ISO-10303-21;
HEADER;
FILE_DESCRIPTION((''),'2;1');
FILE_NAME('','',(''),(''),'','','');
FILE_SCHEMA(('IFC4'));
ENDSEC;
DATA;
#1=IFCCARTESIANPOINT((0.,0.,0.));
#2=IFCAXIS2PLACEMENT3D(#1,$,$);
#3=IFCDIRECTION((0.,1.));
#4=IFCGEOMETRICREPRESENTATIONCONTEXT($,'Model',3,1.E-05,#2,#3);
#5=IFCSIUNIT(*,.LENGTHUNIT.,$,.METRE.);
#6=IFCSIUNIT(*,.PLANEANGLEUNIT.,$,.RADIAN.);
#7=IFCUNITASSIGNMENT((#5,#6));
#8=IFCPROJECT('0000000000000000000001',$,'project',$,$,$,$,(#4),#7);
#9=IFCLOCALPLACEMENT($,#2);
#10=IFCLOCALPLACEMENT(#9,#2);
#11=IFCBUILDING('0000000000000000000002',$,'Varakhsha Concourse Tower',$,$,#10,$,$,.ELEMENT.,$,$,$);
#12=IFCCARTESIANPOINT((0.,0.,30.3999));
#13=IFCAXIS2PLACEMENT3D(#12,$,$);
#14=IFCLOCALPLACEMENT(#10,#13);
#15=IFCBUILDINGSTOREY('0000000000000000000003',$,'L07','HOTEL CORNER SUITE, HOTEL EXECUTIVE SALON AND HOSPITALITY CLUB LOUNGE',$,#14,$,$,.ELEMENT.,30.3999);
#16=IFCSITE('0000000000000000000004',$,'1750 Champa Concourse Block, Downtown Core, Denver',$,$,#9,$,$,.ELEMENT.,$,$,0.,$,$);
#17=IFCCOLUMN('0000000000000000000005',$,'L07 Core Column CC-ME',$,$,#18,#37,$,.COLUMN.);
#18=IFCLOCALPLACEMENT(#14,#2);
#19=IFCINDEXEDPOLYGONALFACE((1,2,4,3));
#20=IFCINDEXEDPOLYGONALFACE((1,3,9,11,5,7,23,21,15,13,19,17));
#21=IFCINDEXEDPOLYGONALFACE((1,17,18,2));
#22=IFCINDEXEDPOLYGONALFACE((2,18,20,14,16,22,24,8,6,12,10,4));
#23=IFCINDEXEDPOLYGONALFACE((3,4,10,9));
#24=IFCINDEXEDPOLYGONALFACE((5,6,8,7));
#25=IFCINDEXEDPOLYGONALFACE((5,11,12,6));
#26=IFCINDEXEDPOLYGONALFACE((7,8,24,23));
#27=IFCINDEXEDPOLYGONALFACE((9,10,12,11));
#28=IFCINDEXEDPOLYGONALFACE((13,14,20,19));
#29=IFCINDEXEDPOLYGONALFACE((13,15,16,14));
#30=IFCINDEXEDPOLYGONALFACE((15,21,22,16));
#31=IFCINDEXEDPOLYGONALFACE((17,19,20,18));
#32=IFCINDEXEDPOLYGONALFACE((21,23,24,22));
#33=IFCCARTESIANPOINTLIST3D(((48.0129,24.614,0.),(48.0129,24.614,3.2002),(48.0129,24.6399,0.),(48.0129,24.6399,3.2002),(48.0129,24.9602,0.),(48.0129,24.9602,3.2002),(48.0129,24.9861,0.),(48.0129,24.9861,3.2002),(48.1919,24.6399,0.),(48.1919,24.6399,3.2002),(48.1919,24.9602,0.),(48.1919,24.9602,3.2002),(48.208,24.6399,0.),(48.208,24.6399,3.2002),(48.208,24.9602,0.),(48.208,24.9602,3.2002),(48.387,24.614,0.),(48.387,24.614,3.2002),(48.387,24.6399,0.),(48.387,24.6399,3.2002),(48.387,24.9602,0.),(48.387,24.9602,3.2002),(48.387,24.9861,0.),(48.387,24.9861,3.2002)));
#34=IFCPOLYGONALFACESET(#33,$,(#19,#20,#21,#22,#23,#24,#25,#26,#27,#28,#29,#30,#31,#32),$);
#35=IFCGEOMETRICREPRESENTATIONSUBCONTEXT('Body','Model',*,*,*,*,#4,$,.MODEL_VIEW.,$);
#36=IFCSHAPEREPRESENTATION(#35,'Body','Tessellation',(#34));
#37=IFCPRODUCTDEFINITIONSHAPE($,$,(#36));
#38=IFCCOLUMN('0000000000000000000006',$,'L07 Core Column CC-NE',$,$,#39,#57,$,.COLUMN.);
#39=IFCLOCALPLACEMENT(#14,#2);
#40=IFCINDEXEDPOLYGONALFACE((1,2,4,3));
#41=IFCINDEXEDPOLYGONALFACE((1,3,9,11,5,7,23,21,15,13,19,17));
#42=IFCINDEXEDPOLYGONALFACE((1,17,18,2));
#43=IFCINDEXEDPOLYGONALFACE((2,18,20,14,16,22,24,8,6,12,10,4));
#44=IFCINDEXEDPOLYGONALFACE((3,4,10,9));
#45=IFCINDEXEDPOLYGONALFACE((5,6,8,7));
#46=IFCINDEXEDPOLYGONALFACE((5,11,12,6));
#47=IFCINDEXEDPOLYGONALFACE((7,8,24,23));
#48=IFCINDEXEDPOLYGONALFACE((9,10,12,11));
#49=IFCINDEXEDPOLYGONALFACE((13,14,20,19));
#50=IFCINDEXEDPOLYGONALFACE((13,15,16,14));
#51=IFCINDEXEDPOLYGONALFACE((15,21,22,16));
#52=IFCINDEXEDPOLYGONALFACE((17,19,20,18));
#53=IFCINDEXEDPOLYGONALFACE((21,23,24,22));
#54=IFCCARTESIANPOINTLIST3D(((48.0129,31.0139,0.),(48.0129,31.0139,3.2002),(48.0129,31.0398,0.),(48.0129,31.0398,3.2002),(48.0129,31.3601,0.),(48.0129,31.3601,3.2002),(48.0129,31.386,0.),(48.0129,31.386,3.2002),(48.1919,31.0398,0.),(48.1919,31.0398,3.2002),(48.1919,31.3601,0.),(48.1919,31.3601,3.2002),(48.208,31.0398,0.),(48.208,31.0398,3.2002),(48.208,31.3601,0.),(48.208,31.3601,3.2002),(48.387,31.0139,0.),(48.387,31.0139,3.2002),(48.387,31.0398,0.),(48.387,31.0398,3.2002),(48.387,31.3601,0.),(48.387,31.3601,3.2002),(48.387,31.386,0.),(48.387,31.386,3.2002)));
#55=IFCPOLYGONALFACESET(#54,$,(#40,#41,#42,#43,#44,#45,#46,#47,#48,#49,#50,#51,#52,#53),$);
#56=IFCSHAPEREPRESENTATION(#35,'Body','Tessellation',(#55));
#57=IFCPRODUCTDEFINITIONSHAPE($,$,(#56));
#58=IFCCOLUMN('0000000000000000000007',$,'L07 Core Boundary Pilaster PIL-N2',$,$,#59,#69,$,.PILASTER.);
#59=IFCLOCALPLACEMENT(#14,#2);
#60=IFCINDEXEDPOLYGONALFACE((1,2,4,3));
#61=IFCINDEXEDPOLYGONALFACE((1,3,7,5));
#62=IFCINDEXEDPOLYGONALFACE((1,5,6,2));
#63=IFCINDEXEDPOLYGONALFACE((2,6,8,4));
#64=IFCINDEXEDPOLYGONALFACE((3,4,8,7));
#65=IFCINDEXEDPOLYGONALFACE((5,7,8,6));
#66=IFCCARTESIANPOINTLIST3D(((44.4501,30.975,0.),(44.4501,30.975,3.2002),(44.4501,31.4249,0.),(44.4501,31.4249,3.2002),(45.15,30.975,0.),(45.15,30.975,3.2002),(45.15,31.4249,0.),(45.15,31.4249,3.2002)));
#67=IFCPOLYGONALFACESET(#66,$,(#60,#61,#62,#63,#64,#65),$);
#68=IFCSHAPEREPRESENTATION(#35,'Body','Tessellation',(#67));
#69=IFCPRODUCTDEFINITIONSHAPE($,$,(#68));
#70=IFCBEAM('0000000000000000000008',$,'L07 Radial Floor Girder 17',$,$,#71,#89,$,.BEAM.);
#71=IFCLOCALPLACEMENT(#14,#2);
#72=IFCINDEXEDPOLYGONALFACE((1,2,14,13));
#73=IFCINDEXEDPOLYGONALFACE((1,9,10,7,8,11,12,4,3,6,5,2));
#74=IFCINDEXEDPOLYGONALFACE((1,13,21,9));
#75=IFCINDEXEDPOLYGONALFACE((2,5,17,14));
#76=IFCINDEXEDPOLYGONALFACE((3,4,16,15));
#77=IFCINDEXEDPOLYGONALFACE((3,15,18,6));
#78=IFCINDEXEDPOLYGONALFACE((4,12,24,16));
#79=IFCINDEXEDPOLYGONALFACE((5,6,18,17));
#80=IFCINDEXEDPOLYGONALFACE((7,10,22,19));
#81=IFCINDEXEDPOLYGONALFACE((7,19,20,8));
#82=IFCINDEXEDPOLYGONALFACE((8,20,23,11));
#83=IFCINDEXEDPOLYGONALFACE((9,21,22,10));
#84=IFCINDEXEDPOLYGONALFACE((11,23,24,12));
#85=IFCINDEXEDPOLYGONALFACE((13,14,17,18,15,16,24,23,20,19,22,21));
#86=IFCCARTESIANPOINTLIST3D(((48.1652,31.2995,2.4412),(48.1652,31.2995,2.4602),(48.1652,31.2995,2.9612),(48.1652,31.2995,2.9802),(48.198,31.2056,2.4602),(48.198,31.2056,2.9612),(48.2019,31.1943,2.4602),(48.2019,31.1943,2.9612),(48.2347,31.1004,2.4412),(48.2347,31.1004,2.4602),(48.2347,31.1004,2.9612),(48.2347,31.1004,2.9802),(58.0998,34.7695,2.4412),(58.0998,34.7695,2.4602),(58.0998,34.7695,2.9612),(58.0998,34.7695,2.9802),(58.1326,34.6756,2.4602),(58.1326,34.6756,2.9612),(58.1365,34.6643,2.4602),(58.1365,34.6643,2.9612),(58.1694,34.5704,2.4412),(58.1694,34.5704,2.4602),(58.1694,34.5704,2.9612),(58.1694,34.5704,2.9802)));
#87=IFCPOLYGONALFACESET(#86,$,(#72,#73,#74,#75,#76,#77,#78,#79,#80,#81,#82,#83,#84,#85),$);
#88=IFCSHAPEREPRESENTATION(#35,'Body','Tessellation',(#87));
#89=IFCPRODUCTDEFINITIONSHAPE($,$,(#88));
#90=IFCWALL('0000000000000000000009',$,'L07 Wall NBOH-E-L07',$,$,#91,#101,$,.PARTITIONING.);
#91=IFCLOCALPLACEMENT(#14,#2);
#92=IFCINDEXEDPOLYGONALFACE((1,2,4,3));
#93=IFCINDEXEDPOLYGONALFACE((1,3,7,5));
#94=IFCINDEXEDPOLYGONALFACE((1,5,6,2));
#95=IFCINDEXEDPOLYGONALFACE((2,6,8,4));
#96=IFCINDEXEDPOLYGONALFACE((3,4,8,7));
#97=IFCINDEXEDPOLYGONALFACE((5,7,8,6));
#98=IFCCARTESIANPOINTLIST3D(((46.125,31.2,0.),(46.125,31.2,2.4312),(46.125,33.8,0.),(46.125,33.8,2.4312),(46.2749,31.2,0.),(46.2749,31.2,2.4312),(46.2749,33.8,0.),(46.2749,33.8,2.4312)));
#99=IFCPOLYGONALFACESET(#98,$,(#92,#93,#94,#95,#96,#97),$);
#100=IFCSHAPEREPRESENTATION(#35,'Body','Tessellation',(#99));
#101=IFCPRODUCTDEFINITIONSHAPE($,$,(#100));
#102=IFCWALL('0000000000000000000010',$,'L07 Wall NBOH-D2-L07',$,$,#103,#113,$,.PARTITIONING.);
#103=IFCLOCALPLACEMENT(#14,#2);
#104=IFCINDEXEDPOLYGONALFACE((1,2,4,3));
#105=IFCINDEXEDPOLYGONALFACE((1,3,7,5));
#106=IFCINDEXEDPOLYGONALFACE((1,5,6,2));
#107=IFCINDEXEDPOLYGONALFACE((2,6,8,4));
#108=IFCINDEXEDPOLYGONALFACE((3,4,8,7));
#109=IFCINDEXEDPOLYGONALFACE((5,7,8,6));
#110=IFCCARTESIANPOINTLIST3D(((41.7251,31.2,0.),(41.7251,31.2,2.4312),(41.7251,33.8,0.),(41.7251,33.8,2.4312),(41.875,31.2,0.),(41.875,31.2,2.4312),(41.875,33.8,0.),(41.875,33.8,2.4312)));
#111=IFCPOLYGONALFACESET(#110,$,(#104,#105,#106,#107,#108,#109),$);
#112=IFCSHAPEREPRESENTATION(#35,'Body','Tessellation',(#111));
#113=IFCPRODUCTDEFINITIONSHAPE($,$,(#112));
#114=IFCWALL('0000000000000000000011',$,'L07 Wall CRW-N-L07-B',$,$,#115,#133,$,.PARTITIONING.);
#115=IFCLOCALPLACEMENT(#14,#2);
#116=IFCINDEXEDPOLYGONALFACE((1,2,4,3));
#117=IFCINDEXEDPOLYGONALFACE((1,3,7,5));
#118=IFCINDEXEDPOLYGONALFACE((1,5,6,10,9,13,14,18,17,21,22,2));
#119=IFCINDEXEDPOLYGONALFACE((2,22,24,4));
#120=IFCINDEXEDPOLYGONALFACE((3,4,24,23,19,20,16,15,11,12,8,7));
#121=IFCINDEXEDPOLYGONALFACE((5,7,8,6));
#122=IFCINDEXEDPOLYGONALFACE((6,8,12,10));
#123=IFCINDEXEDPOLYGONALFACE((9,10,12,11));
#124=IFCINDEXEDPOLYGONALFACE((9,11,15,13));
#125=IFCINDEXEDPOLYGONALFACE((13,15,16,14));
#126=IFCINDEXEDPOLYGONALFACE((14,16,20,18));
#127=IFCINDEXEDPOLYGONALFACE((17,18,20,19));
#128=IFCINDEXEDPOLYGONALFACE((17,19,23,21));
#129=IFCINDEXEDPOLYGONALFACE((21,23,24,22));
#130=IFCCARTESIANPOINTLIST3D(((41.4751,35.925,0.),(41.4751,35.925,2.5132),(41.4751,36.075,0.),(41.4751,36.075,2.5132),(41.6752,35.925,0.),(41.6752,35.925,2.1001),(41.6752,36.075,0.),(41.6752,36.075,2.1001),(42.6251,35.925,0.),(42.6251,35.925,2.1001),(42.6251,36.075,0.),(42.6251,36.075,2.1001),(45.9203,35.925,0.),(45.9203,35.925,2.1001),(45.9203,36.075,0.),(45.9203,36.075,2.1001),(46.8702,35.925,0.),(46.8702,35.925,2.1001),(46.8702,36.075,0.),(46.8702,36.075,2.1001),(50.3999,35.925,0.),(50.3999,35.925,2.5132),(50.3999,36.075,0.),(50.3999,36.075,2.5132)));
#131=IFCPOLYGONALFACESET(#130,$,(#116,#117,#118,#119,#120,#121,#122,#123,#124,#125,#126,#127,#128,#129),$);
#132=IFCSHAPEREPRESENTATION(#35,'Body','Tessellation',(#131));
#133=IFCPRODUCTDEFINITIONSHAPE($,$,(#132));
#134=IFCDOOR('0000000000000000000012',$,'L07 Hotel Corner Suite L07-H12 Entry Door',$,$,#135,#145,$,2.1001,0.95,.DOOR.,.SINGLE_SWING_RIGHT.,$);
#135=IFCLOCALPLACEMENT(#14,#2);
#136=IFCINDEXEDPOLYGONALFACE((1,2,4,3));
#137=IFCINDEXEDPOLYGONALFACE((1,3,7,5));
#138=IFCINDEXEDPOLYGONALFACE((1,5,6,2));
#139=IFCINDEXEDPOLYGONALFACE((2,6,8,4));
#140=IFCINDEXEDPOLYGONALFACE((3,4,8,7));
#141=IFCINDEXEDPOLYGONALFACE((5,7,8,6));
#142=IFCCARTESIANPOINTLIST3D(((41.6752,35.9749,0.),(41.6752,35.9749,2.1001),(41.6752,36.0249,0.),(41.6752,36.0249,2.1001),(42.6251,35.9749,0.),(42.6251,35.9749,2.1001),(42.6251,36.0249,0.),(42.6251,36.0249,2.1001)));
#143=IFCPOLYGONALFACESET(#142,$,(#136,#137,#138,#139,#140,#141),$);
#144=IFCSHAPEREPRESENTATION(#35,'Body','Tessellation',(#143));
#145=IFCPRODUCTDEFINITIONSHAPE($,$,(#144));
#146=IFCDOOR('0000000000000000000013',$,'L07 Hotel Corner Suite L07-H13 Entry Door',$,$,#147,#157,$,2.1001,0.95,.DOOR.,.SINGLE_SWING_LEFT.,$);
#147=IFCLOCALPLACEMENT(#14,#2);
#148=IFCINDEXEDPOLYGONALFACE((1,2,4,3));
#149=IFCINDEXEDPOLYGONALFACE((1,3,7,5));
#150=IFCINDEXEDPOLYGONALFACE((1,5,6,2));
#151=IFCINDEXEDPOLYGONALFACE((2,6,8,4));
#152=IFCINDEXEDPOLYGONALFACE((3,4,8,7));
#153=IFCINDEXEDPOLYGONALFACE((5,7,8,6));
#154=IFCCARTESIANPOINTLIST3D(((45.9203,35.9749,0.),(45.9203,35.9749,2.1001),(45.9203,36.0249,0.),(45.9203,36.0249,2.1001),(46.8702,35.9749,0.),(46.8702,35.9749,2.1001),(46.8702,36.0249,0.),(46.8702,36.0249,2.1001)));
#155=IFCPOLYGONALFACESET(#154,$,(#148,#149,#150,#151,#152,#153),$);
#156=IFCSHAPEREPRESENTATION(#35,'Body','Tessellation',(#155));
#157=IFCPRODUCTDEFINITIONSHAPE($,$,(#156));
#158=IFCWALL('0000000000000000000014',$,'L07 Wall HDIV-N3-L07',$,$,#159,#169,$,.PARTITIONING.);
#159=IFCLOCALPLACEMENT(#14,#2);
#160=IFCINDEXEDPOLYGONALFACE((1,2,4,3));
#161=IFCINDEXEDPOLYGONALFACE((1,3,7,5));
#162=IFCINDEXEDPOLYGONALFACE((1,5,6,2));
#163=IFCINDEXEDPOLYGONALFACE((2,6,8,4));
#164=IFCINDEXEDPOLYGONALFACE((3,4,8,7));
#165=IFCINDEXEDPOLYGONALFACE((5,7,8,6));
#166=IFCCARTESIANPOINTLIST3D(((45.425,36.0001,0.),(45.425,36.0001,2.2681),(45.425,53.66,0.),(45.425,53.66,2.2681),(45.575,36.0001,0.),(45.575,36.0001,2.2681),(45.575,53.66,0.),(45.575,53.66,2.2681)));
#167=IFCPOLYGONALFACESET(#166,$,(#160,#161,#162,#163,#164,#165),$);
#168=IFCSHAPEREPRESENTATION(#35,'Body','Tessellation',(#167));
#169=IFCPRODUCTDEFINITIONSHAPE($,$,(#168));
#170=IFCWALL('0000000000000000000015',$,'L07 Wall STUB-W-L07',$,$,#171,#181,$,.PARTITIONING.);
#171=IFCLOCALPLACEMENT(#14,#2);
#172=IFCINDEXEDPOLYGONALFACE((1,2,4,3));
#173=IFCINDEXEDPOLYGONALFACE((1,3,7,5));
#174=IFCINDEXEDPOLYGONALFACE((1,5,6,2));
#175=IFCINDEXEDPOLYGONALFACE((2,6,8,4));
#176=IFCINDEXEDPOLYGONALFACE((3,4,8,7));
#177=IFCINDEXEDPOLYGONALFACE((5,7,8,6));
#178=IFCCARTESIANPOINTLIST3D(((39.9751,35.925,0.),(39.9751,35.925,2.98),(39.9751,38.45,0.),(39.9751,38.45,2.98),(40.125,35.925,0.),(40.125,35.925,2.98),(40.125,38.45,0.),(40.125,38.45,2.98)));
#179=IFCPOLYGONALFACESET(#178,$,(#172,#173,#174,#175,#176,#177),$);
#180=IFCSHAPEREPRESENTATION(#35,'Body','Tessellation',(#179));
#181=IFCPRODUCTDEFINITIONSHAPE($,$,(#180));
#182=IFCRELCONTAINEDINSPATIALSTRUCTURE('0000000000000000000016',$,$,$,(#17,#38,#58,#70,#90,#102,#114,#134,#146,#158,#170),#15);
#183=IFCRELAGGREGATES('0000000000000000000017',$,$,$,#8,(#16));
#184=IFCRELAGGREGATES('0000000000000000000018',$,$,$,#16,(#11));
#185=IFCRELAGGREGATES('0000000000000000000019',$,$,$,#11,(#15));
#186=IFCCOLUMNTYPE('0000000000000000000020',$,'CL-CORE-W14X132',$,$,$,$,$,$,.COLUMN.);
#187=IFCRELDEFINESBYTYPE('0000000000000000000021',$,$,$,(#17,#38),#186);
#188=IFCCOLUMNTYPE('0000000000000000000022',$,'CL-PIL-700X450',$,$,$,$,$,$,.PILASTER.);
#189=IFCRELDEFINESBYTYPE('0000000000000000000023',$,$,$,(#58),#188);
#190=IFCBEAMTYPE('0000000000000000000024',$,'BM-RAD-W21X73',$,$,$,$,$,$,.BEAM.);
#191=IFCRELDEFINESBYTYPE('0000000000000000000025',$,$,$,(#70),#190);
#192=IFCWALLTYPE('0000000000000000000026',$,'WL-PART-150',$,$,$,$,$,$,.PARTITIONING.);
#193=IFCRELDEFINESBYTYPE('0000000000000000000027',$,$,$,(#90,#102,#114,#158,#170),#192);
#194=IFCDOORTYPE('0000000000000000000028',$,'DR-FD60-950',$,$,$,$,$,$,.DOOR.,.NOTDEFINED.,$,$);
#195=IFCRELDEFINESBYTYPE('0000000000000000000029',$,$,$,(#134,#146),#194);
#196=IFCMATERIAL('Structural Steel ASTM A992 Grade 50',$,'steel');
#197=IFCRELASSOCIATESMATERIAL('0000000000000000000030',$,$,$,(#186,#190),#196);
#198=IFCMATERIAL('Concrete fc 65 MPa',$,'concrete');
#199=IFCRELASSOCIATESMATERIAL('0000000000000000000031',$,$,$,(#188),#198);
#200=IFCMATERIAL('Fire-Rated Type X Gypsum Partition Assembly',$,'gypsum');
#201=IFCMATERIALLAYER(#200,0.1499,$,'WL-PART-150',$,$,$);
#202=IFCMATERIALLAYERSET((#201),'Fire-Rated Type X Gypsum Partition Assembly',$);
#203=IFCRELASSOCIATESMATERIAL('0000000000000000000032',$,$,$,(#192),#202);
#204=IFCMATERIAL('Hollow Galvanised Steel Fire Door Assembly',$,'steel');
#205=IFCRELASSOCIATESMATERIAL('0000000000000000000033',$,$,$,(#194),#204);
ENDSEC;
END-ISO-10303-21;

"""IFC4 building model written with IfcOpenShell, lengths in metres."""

from ifc_helpers import new_model, si_unit, direction, frame, frame_2d, origin, origin_2d, place, context, subcontext, project, spatial, rectangle, i_section, extrude, material, layer, layer_set, material_profile, profile_set, type_object, element, fill, save


model = new_model("IFC4")

# Units and contexts
model_context = context("Model", 3, precision=1e-05, world=origin(), true_north=direction((0.0, 1.0)))
body_context = subcontext(model_context, "Body", "Model", "MODEL_VIEW")
ifc_project = project(units=[si_unit("LENGTHUNIT", "METRE"), si_unit("PLANEANGLEUNIT", "RADIAN")], contexts=[model_context])

# Site, building, storey
site_placement = place(None, origin())
site = spatial("IfcSite", under=ifc_project, at=site_placement, Name="1750 Champa Concourse Block, Downtown Core, Denver", CompositionType="ELEMENT", RefElevation=0.0)
building_placement = place(site_placement, origin())
building = spatial("IfcBuilding", under=site, at=building_placement, Name="Varakhsha Concourse Tower", CompositionType="ELEMENT")
storey_placement = place(building_placement, frame((0.0, 0.0, 30.3999)))
storey = spatial("IfcBuildingStorey", under=building, at=storey_placement, Name="L07", Description="HOTEL CORNER SUITE, HOTEL EXECUTIVE SALON AND HOSPITALITY CLUB LOUNGE", CompositionType="ELEMENT", Elevation=30.3999)

# Columns
ifc_material_1 = material(Name="Structural Steel ASTM A992 Grade 50", Category="steel")
ifc_material_profile_1 = material_profile(ifc_material_1, i_section(OverallWidth=0.374, OverallDepth=0.3721, WebThickness=0.0161, FlangeThickness=0.0259, at=origin_2d()), Name="W14X132")
ifc_profile_set_1 = profile_set([ifc_material_profile_1], Name="Structural Steel ASTM A992 Grade 50")
column_type_1 = type_object("IfcColumnType", Name="CL-CORE-W14X132", PredefinedType="COLUMN", material=ifc_profile_set_1)
for number, where, z_axis, x_axis, name in (
    (1, (48.2, 24.8, 0.0), (0.0, 0.0, 1.0), (1.0, 0.0, 0.0), "L07 Core Column CC-ME"),
    (2, (48.2, 31.2, 0.0), (0.0, 0.0, 1.0), (1.0, 0.0, 0.0), "L07 Core Column CC-NE"),
):
    element("IfcColumn", number, at=place(storey_placement, frame(where, z_axis=z_axis, x_axis=x_axis)), inside=storey, type_object=column_type_1, Name=name, PredefinedType="COLUMN", context=body_context, shape_type="SweptSolid", body=[
        extrude(i_section(OverallWidth=0.374, OverallDepth=0.3721, WebThickness=0.0161, FlangeThickness=0.0259, at=origin_2d()), origin(), (0.0, 0.0, 1.0), 3.2002),
    ])
ifc_material_2 = material(Name="Concrete fc 65 MPa", Category="concrete")
ifc_material_profile_2 = material_profile(ifc_material_2, rectangle(XDim=0.7, YDim=0.45, at=origin_2d()), Name="RC 700x450")
ifc_profile_set_2 = profile_set([ifc_material_profile_2], Name="Concrete fc 65 MPa")
column_type_2 = type_object("IfcColumnType", Name="CL-PIL-700X450", PredefinedType="PILASTER", material=ifc_profile_set_2)
column_placement = place(storey_placement, frame((44.8, 31.2, 0.0), z_axis=(0.0, 0.0, 1.0), x_axis=(1.0, 0.0, 0.0)))
element("IfcColumn", 3, at=column_placement, inside=storey, type_object=column_type_2, Name="L07 Core Boundary Pilaster PIL-N2", PredefinedType="PILASTER", context=body_context, shape_type="SweptSolid", body=[
    extrude(rectangle(XDim=0.7, YDim=0.45, at=origin_2d()), origin(), (0.0, 0.0, 1.0), 3.2002),
])

# Beam
ifc_material_profile_3 = material_profile(ifc_material_1, i_section(OverallWidth=0.2109, OverallDepth=0.5391, WebThickness=0.012, FlangeThickness=0.019, at=origin_2d()), Name="W21X73")
ifc_profile_set_3 = profile_set([ifc_material_profile_3], Name="Structural Steel ASTM A992 Grade 50")
beam_type = type_object("IfcBeamType", Name="BM-RAD-W21X73", PredefinedType="BEAM", material=ifc_profile_set_3)
beam_placement = place(storey_placement, frame((48.2, 31.2, 2.7107), z_axis=(0.944069, 0.329747, 0.0), x_axis=(-0.329747, 0.944069, 0.0)))
element("IfcBeam", 4, at=beam_placement, inside=storey, type_object=beam_type, Name="L07 Radial Floor Girder 17", PredefinedType="BEAM", context=body_context, shape_type="SweptSolid", body=[
    extrude(i_section(OverallWidth=0.2109, OverallDepth=0.5391, WebThickness=0.012, FlangeThickness=0.019, at=origin_2d()), origin(), (0.0, 0.0, 1.0), 10.5232),
])

# Walls
ifc_material_3 = material(Name="Fire-Rated Type X Gypsum Partition Assembly", Category="gypsum")
ifc_layer_1 = layer(ifc_material_3, 0.1499, Name="WL-PART-150")
ifc_layer_set_1 = layer_set([ifc_layer_1], Name="Fire-Rated Type X Gypsum Partition Assembly")
wall_type_1 = type_object("IfcWallType", Name="WL-PART-150", PredefinedType="PARTITIONING", material=ifc_layer_set_1)
for number, where, z_axis, x_axis, name in (
    (5, (46.2, 31.2, 0.0), (0.0, 0.0, 1.0), (0.0, 1.0, 0.0), "L07 Wall NBOH-E-L07"),
    (6, (41.8, 31.2, 0.0), (0.0, 0.0, 1.0), (0.0, 1.0, 0.0), "L07 Wall NBOH-D2-L07"),
):
    element("IfcWall", number, at=place(storey_placement, frame(where, z_axis=z_axis, x_axis=x_axis)), inside=storey, type_object=wall_type_1, Name=name, PredefinedType="PARTITIONING", context=body_context, shape_type="SweptSolid", body=[
        extrude(rectangle(XDim=2.6001, YDim=0.1499, at=frame_2d((1.3, 0.0))), origin(), (0.0, 0.0, 1.0), 2.4312),
    ])

# Wall, openings, doors
wall_1_placement = place(storey_placement, frame((41.4751, 36.0, 0.0), z_axis=(0.0, 0.0, 1.0), x_axis=(1.0, 0.0, 0.0)))
wall_1 = element("IfcWall", 7, at=wall_1_placement, inside=storey, type_object=wall_type_1, Name="L07 Wall CRW-N-L07-B", PredefinedType="PARTITIONING", context=body_context, shape_type="SweptSolid", body=[
    extrude(rectangle(XDim=8.9248, YDim=0.1499, at=frame_2d((4.4624, 0.0))), origin(), (0.0, 0.0, 1.0), 2.5132),
])
opening_1_placement = place(wall_1_placement, frame((0.2, 0.0, 0.0)))
opening_1 = element("IfcOpeningElement", 8, at=opening_1_placement, cuts=wall_1, PredefinedType="OPENING", context=body_context, shape_type="SweptSolid", body=[
    extrude(rectangle(XDim=0.95, YDim=2.1001, at=frame_2d((0.4751, 1.05))), frame((0.0, 0.085, 0.0), z_axis=(0.0, -1.0, 0.0), x_axis=(1.0, 0.0, 0.0)), (0.0, 0.0, 1.0), 0.1699),
])
opening_2_placement = place(wall_1_placement, frame((4.4451, 0.0, 0.0)))
opening_2 = element("IfcOpeningElement", 9, at=opening_2_placement, cuts=wall_1, PredefinedType="OPENING", context=body_context, shape_type="SweptSolid", body=[
    extrude(rectangle(XDim=0.95, YDim=2.1001, at=frame_2d((0.4751, 1.05))), frame((0.0, 0.085, 0.0), z_axis=(0.0, -1.0, 0.0), x_axis=(1.0, 0.0, 0.0)), (0.0, 0.0, 1.0), 0.1699),
])
ifc_material_4 = material(Name="Hollow Galvanised Steel Fire Door Assembly", Category="steel")
door_type = type_object("IfcDoorType", Name="DR-FD60-950", OperationType="NOTDEFINED", PredefinedType="DOOR", material=ifc_material_4)
door_1_placement = place(opening_1_placement, origin())
door_1 = element("IfcDoor", 10, at=door_1_placement, inside=storey, type_object=door_type, Name="L07 Hotel Corner Suite L07-H12 Entry Door", OperationType="SINGLE_SWING_RIGHT", OverallHeight=2.1001, OverallWidth=0.95, PredefinedType="DOOR", context=body_context, shape_type="SweptSolid", body=[
    extrude(rectangle(XDim=0.95, YDim=2.1001, at=frame_2d((0.4751, 1.05))), frame((0.0, 0.0249, 0.0), z_axis=(0.0, -1.0, 0.0), x_axis=(1.0, 0.0, 0.0)), (0.0, 0.0, 1.0), 0.05),
])
fill(opening_1, door_1)
door_2_placement = place(opening_2_placement, origin())
door_2 = element("IfcDoor", 11, at=door_2_placement, inside=storey, type_object=door_type, Name="L07 Hotel Corner Suite L07-H13 Entry Door", OperationType="SINGLE_SWING_LEFT", OverallHeight=2.1001, OverallWidth=0.95, PredefinedType="DOOR", context=body_context, shape_type="SweptSolid", body=[
    extrude(rectangle(XDim=0.95, YDim=2.1001, at=frame_2d((0.4751, 1.05))), frame((0.0, 0.0249, 0.0), z_axis=(0.0, -1.0, 0.0), x_axis=(1.0, 0.0, 0.0)), (0.0, 0.0, 1.0), 0.05),
])
fill(opening_2, door_2)

# Walls
wall_2_placement = place(storey_placement, frame((45.5, 36.0, 0.0), z_axis=(0.0, 0.0, 1.0), x_axis=(0.0, 1.0, 0.0)))
element("IfcWall", 12, at=wall_2_placement, inside=storey, type_object=wall_type_1, Name="L07 Wall HDIV-N3-L07", PredefinedType="PARTITIONING", context=body_context, shape_type="SweptSolid", body=[
    extrude(rectangle(XDim=17.6599, YDim=0.1499, at=frame_2d((8.8301, 0.0))), origin(), (0.0, 0.0, 1.0), 2.2681),
])
for number, where, z_axis, x_axis, name in (
    (13, (40.05, 35.925, 0.0), (0.0, 0.0, 1.0), (0.0, 1.0, 0.0), "L07 Wall STUB-W-L07"),
):
    element("IfcWall", number, at=place(storey_placement, frame(where, z_axis=z_axis, x_axis=x_axis)), inside=storey, type_object=wall_type_1, Name=name, PredefinedType="PARTITIONING", context=body_context, shape_type="SweptSolid", body=[
        extrude(rectangle(XDim=2.5249, YDim=0.1499, at=frame_2d((1.2625, 0.0))), origin(), (0.0, 0.0, 1.0), 2.98),
    ])

save(model, "model.ifc")
